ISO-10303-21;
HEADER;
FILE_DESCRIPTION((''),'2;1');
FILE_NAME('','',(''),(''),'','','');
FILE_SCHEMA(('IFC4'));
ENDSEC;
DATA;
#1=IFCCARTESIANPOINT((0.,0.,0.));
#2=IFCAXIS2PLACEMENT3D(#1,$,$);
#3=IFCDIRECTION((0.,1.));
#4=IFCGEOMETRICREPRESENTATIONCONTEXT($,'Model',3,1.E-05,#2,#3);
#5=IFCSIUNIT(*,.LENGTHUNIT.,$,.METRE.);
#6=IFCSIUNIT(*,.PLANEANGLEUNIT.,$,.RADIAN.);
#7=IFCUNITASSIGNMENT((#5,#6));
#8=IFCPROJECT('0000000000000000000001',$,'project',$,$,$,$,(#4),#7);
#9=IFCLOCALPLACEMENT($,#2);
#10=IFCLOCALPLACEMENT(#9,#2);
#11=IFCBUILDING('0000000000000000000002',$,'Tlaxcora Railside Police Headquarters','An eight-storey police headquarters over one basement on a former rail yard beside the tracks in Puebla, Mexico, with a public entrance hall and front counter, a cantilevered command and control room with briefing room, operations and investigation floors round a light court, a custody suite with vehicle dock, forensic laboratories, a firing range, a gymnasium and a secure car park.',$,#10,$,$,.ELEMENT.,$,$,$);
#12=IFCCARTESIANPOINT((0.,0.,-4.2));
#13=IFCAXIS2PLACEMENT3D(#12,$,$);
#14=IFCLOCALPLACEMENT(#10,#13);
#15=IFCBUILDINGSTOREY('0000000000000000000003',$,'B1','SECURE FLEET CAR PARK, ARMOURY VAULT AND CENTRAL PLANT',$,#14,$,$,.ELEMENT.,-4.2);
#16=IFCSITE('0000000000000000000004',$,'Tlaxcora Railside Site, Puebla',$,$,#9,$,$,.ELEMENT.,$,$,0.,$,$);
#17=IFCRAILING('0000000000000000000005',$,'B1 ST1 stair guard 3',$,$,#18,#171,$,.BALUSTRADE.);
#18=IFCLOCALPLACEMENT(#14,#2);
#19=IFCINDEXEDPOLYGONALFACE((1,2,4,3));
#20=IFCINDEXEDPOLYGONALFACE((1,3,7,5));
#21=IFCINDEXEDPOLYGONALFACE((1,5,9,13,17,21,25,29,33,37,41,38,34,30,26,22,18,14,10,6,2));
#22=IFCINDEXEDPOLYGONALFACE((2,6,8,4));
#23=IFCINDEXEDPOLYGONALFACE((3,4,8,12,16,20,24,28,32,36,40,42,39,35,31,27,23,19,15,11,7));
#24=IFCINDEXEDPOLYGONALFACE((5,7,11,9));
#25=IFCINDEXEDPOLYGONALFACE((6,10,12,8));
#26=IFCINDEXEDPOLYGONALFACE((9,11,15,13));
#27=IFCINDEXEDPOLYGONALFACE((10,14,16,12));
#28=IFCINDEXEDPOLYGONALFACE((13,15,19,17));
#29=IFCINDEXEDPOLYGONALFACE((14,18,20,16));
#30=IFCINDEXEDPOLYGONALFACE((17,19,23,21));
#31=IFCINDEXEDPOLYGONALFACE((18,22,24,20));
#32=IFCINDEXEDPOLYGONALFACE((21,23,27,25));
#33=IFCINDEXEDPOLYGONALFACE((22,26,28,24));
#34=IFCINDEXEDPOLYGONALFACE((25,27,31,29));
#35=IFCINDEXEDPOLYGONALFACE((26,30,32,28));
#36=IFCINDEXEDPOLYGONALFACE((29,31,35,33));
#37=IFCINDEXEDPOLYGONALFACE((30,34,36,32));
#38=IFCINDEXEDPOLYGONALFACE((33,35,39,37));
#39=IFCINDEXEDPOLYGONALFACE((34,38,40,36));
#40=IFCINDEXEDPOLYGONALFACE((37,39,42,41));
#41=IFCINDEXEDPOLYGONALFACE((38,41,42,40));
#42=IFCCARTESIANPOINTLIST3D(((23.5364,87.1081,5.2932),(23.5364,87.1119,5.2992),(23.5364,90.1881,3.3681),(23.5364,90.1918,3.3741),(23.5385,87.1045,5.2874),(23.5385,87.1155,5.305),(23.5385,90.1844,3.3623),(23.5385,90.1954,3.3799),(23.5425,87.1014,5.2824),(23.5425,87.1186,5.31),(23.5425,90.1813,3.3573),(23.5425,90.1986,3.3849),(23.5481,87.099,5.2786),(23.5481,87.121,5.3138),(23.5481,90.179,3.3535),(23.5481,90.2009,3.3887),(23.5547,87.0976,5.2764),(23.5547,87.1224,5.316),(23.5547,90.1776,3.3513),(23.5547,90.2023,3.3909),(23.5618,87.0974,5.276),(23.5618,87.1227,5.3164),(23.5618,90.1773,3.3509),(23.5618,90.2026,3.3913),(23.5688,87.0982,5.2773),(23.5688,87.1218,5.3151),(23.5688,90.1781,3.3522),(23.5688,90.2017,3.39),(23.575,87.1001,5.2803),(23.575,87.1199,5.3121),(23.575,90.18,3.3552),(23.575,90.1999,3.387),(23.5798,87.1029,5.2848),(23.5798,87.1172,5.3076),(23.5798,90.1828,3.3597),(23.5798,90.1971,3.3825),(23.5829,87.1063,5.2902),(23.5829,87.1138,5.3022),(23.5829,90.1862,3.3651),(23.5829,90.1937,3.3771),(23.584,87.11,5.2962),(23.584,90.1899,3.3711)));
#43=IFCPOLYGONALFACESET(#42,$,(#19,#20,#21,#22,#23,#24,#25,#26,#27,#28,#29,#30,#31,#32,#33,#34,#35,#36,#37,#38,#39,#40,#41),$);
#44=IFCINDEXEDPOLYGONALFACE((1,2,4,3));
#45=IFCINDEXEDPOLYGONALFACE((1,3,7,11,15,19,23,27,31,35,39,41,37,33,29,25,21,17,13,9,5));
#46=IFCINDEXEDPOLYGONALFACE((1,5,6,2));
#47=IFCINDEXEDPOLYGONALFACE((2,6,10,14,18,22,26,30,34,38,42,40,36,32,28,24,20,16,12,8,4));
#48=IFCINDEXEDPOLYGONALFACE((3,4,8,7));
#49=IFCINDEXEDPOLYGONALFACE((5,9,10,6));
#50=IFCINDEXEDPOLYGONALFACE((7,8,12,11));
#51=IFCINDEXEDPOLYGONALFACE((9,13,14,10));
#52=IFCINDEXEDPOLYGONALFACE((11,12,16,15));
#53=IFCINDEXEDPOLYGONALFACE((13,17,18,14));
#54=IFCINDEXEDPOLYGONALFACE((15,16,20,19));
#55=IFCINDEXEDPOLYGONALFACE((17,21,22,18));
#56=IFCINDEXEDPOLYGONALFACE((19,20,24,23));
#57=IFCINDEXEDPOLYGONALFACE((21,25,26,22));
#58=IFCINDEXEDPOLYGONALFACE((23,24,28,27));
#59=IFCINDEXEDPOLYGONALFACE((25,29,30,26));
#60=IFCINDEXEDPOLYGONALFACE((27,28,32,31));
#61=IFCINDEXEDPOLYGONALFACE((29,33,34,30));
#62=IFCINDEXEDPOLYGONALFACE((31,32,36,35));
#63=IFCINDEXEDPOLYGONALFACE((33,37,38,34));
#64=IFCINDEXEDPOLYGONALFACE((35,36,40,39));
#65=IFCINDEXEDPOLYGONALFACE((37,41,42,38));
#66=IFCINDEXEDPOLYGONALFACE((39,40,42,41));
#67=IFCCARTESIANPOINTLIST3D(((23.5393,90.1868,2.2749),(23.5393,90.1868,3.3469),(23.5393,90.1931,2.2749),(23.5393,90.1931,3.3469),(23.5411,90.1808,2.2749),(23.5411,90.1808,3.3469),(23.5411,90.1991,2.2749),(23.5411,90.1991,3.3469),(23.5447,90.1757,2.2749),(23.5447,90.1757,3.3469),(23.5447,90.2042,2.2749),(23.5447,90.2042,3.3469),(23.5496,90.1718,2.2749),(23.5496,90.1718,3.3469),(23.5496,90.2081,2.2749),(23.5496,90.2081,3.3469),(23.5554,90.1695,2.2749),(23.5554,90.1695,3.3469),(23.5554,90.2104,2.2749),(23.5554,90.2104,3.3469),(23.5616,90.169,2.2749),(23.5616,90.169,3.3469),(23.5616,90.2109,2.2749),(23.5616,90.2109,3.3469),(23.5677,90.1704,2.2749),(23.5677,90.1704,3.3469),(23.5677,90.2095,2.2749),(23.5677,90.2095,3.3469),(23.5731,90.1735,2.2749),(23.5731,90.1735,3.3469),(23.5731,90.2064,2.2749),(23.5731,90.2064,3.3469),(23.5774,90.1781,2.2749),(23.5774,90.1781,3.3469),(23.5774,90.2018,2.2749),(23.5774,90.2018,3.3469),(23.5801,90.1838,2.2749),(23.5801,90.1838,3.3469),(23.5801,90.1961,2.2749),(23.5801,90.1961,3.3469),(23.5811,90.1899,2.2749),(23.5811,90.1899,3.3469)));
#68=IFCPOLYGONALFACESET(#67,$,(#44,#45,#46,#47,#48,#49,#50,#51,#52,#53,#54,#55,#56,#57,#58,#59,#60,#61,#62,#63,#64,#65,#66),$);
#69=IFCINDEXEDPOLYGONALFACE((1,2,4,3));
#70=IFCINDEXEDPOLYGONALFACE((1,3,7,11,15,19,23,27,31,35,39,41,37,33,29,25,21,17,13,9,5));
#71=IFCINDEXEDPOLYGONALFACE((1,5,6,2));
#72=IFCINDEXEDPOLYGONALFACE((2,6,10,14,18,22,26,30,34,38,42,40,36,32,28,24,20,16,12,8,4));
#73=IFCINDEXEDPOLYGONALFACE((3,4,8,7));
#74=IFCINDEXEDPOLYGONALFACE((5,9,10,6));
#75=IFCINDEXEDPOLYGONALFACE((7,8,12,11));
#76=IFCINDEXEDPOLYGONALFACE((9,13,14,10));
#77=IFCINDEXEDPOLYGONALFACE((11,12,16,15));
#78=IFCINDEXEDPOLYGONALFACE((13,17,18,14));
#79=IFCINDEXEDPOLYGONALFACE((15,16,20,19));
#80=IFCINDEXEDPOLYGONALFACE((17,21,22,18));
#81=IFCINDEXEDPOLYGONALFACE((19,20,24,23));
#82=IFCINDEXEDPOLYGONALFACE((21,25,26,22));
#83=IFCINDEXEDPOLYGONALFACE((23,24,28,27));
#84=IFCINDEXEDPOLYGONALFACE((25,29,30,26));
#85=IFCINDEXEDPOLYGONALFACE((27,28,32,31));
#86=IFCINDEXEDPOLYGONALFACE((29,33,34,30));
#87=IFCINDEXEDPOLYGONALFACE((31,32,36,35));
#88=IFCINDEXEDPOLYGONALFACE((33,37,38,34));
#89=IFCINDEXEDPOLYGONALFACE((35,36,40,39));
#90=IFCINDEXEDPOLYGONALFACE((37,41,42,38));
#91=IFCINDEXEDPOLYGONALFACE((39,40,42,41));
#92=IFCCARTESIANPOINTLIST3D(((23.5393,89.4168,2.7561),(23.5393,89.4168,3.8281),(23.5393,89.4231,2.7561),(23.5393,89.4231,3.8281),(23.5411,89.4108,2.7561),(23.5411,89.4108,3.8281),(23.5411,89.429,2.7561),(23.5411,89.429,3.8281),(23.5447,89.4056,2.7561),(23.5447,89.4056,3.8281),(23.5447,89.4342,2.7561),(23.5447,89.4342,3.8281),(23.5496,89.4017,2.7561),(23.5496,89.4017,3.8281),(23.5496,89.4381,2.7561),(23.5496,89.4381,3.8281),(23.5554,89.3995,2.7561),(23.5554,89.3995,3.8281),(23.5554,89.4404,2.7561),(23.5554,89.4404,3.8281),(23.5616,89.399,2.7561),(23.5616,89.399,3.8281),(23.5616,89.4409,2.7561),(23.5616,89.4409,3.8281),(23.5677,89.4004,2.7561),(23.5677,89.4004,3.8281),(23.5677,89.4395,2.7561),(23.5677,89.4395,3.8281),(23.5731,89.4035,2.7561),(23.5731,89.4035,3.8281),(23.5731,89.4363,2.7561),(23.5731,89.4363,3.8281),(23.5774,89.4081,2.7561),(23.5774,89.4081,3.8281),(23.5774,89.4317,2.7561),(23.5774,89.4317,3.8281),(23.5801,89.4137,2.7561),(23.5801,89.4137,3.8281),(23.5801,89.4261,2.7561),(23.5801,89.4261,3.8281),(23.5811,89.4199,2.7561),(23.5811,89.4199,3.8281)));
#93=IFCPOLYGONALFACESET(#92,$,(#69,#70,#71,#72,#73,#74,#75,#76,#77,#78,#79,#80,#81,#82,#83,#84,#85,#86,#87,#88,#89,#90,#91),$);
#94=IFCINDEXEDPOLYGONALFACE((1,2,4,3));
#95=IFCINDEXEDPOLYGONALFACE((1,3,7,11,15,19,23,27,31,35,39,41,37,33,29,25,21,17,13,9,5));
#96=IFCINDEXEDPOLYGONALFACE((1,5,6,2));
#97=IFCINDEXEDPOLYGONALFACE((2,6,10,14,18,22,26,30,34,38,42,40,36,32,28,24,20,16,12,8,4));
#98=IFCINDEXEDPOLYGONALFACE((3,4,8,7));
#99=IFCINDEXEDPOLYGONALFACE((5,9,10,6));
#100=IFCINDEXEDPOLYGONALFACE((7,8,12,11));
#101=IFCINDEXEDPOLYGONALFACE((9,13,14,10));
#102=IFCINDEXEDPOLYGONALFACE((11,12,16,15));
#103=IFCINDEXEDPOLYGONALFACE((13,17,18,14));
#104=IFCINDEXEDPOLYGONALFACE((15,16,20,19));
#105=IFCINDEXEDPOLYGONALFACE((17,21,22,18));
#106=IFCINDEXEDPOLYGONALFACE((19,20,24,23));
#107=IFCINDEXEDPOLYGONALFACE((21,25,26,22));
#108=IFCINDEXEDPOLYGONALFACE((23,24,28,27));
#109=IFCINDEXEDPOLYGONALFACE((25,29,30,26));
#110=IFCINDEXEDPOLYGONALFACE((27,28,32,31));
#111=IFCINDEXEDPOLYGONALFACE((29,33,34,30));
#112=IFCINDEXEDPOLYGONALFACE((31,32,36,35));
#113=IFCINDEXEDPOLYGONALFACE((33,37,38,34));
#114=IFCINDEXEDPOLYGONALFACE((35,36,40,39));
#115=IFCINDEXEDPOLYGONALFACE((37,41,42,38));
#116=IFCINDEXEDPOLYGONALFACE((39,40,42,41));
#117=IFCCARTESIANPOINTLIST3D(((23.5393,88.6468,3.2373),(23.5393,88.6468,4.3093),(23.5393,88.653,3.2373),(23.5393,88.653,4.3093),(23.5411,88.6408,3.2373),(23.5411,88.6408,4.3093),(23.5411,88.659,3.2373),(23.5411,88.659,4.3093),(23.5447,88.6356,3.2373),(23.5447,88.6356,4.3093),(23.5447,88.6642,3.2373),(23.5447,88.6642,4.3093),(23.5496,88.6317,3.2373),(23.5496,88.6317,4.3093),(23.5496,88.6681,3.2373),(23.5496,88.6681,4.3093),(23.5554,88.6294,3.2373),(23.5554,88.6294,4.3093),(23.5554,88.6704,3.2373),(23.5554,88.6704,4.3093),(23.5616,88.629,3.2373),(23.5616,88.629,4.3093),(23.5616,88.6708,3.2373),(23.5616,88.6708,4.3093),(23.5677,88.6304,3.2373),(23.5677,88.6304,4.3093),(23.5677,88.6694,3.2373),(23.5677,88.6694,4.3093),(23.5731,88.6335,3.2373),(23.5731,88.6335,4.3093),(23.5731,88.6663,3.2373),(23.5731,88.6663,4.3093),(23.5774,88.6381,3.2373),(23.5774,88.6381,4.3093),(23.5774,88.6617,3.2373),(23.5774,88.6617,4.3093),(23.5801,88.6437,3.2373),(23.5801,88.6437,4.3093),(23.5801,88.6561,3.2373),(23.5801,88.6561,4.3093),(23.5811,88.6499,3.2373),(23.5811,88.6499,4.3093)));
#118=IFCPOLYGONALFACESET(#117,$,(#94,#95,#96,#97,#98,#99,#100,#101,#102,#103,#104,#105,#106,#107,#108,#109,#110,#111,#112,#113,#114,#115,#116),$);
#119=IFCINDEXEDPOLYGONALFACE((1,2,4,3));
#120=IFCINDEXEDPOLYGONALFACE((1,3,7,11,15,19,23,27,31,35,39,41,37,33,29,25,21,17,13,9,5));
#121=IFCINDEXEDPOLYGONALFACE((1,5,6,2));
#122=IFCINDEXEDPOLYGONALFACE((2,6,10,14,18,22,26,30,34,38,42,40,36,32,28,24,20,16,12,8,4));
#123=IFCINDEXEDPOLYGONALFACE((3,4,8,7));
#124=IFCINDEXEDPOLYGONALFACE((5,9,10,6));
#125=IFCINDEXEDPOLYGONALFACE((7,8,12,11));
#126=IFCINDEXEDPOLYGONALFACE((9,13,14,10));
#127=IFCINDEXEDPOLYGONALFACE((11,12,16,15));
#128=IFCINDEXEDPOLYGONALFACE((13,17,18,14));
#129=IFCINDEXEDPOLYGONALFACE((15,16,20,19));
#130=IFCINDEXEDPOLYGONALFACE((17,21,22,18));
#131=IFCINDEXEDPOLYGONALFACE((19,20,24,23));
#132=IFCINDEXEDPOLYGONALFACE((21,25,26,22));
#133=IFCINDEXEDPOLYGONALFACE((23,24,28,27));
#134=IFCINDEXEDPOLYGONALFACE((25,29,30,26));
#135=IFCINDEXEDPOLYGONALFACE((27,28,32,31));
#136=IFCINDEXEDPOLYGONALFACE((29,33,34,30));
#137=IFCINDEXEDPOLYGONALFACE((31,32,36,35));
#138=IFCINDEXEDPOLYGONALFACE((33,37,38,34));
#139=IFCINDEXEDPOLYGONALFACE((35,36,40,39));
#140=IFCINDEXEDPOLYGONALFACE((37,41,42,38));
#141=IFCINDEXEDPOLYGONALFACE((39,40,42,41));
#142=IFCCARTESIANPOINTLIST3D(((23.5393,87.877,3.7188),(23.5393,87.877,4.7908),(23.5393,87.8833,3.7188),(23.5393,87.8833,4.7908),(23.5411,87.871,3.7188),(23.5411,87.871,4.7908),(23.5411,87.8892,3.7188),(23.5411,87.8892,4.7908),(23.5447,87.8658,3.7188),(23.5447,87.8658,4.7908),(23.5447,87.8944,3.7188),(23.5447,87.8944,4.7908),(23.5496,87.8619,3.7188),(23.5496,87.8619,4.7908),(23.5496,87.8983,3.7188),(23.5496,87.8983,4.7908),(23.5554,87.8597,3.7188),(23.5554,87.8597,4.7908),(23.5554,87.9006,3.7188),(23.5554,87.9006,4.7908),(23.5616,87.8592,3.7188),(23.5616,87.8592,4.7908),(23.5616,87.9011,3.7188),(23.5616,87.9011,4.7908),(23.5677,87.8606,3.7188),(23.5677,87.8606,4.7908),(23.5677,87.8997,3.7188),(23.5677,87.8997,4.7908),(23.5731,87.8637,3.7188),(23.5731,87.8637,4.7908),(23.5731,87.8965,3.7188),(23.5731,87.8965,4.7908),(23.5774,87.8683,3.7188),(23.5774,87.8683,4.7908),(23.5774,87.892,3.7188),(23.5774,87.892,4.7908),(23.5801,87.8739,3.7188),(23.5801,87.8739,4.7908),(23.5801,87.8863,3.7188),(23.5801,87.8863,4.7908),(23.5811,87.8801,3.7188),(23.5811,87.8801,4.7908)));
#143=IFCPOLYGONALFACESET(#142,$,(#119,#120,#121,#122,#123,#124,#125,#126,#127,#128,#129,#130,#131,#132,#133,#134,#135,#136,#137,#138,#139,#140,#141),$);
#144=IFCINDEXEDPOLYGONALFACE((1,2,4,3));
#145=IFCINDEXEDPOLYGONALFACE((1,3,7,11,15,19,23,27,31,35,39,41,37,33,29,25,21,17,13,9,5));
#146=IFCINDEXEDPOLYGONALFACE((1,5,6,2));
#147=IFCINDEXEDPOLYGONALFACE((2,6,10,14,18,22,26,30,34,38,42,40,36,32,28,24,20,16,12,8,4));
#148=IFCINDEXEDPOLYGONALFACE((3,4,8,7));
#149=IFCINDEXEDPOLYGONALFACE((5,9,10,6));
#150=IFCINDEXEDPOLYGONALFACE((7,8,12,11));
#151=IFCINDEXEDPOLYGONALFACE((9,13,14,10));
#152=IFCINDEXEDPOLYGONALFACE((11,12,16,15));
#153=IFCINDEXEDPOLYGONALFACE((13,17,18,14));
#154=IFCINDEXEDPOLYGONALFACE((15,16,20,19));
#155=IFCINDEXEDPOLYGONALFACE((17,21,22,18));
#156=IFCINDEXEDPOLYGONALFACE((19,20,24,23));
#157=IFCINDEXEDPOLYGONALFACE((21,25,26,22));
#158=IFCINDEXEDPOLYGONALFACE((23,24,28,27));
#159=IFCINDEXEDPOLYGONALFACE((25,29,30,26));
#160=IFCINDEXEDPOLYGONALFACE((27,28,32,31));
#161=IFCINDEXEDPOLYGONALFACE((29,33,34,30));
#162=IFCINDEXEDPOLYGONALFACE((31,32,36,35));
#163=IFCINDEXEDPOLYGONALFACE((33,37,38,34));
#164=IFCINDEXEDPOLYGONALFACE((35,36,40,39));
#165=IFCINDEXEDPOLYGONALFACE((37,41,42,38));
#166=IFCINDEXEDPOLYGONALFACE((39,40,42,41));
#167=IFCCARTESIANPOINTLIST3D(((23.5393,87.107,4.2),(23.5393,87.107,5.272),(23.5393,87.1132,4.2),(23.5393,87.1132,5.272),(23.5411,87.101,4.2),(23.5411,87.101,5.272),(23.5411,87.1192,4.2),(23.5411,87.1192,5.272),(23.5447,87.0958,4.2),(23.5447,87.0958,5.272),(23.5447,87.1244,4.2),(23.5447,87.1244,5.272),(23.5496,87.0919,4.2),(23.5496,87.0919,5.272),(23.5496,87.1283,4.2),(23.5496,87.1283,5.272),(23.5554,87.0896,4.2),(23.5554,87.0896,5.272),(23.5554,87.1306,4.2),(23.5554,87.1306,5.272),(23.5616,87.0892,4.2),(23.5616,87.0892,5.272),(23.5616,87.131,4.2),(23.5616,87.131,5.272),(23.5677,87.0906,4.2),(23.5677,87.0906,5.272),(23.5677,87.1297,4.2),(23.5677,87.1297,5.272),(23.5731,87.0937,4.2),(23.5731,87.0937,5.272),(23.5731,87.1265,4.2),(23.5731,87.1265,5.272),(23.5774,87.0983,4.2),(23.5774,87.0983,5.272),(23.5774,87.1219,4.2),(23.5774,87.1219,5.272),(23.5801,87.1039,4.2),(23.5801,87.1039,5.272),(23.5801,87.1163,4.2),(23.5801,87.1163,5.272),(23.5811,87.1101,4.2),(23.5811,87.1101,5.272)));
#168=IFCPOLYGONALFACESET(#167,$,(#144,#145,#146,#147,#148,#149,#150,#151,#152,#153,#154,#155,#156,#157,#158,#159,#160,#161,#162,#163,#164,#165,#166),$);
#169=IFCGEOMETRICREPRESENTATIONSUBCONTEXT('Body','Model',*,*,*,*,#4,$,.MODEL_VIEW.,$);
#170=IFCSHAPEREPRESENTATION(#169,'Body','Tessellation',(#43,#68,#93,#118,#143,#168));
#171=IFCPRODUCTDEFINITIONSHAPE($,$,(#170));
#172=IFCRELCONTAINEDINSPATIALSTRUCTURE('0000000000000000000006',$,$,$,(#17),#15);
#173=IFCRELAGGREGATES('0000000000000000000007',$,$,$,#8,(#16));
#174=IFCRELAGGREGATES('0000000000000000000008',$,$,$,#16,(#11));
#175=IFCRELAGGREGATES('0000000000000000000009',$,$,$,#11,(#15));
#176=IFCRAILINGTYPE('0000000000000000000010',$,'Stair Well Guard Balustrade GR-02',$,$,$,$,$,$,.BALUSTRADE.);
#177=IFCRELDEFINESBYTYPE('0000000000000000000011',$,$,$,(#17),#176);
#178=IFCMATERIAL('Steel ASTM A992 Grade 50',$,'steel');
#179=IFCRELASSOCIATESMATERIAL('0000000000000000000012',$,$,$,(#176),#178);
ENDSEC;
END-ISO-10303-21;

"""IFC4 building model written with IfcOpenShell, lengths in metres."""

from ifc_helpers import new_model, si_unit, direction, frame, origin, origin_2d, place, context, subcontext, project, spatial, circle, extrude, material, type_object, element, save


model = new_model("IFC4")

# Units and contexts
model_context = context("Model", 3, precision=1e-05, world=origin(), true_north=direction((0.0, 1.0)))
body_context = subcontext(model_context, "Body", "Model", "MODEL_VIEW")
ifc_project = project(units=[si_unit("LENGTHUNIT", "METRE"), si_unit("PLANEANGLEUNIT", "RADIAN")], contexts=[model_context])

# Site, building, storey
site_placement = place(None, origin())
site = spatial("IfcSite", under=ifc_project, at=site_placement, Name="Tlaxcora Railside Site, Puebla", CompositionType="ELEMENT", RefElevation=0.0)
building_placement = place(site_placement, origin())
building = spatial("IfcBuilding", under=site, at=building_placement, Name="Tlaxcora Railside Police Headquarters", Description="An eight-storey police headquarters over one basement on a former rail yard beside the tracks in Puebla, Mexico, with a public entrance hall and front counter, a cantilevered command and control room with briefing room, operations and investigation floors round a light court, a custody suite with vehicle dock, forensic laboratories, a firing range, a gymnasium and a secure car park.", CompositionType="ELEMENT")
storey_placement = place(building_placement, frame((0.0, 0.0, -4.2)))
storey = spatial("IfcBuildingStorey", under=building, at=storey_placement, Name="B1", Description="SECURE FLEET CAR PARK, ARMOURY VAULT AND CENTRAL PLANT", CompositionType="ELEMENT", Elevation=-4.2)

# Shared definitions
ifc_material_1 = material(Name="Steel ASTM A992 Grade 50", Category="steel")

# Railing
railing_type_1 = type_object("IfcRailingType", Name="Stair Well Guard Balustrade GR-02", PredefinedType="BALUSTRADE", material=ifc_material_1)
railing_1_placement = place(storey_placement, frame((23.5601, 90.1899, 2.2749)))
element("IfcRailing", 1, at=railing_1_placement, inside=storey, type_object=railing_type_1, Name="B1 ST1 stair guard 3", PredefinedType="BALUSTRADE", context=body_context, shape_type="SweptSolid", body=[
    extrude(circle(Radius=0.0239, at=origin_2d()), frame((0.0, 0.0, 1.0962), z_axis=(0.0, -0.847979, 0.530029), x_axis=(1.0, 0.0, 0.0)), (0.0, 0.0, 1.0), 3.6321),
    extrude(circle(Radius=0.021, at=origin_2d()), origin(), (0.0, 0.0, 1.0), 1.072),
    extrude(circle(Radius=0.021, at=origin_2d()), frame((0.0, -0.77, 0.4812)), (0.0, 0.0, 1.0), 1.072),
    extrude(circle(Radius=0.021, at=origin_2d()), frame((0.0, -1.54, 0.9624)), (0.0, 0.0, 1.0), 1.072),
    extrude(circle(Radius=0.021, at=origin_2d()), frame((0.0, -2.3098, 1.4438)), (0.0, 0.0, 1.0), 1.072),
    extrude(circle(Radius=0.021, at=origin_2d()), frame((0.0, -3.0798, 1.925)), (0.0, 0.0, 1.0), 1.072),
])

save(model, "model.ifc")
